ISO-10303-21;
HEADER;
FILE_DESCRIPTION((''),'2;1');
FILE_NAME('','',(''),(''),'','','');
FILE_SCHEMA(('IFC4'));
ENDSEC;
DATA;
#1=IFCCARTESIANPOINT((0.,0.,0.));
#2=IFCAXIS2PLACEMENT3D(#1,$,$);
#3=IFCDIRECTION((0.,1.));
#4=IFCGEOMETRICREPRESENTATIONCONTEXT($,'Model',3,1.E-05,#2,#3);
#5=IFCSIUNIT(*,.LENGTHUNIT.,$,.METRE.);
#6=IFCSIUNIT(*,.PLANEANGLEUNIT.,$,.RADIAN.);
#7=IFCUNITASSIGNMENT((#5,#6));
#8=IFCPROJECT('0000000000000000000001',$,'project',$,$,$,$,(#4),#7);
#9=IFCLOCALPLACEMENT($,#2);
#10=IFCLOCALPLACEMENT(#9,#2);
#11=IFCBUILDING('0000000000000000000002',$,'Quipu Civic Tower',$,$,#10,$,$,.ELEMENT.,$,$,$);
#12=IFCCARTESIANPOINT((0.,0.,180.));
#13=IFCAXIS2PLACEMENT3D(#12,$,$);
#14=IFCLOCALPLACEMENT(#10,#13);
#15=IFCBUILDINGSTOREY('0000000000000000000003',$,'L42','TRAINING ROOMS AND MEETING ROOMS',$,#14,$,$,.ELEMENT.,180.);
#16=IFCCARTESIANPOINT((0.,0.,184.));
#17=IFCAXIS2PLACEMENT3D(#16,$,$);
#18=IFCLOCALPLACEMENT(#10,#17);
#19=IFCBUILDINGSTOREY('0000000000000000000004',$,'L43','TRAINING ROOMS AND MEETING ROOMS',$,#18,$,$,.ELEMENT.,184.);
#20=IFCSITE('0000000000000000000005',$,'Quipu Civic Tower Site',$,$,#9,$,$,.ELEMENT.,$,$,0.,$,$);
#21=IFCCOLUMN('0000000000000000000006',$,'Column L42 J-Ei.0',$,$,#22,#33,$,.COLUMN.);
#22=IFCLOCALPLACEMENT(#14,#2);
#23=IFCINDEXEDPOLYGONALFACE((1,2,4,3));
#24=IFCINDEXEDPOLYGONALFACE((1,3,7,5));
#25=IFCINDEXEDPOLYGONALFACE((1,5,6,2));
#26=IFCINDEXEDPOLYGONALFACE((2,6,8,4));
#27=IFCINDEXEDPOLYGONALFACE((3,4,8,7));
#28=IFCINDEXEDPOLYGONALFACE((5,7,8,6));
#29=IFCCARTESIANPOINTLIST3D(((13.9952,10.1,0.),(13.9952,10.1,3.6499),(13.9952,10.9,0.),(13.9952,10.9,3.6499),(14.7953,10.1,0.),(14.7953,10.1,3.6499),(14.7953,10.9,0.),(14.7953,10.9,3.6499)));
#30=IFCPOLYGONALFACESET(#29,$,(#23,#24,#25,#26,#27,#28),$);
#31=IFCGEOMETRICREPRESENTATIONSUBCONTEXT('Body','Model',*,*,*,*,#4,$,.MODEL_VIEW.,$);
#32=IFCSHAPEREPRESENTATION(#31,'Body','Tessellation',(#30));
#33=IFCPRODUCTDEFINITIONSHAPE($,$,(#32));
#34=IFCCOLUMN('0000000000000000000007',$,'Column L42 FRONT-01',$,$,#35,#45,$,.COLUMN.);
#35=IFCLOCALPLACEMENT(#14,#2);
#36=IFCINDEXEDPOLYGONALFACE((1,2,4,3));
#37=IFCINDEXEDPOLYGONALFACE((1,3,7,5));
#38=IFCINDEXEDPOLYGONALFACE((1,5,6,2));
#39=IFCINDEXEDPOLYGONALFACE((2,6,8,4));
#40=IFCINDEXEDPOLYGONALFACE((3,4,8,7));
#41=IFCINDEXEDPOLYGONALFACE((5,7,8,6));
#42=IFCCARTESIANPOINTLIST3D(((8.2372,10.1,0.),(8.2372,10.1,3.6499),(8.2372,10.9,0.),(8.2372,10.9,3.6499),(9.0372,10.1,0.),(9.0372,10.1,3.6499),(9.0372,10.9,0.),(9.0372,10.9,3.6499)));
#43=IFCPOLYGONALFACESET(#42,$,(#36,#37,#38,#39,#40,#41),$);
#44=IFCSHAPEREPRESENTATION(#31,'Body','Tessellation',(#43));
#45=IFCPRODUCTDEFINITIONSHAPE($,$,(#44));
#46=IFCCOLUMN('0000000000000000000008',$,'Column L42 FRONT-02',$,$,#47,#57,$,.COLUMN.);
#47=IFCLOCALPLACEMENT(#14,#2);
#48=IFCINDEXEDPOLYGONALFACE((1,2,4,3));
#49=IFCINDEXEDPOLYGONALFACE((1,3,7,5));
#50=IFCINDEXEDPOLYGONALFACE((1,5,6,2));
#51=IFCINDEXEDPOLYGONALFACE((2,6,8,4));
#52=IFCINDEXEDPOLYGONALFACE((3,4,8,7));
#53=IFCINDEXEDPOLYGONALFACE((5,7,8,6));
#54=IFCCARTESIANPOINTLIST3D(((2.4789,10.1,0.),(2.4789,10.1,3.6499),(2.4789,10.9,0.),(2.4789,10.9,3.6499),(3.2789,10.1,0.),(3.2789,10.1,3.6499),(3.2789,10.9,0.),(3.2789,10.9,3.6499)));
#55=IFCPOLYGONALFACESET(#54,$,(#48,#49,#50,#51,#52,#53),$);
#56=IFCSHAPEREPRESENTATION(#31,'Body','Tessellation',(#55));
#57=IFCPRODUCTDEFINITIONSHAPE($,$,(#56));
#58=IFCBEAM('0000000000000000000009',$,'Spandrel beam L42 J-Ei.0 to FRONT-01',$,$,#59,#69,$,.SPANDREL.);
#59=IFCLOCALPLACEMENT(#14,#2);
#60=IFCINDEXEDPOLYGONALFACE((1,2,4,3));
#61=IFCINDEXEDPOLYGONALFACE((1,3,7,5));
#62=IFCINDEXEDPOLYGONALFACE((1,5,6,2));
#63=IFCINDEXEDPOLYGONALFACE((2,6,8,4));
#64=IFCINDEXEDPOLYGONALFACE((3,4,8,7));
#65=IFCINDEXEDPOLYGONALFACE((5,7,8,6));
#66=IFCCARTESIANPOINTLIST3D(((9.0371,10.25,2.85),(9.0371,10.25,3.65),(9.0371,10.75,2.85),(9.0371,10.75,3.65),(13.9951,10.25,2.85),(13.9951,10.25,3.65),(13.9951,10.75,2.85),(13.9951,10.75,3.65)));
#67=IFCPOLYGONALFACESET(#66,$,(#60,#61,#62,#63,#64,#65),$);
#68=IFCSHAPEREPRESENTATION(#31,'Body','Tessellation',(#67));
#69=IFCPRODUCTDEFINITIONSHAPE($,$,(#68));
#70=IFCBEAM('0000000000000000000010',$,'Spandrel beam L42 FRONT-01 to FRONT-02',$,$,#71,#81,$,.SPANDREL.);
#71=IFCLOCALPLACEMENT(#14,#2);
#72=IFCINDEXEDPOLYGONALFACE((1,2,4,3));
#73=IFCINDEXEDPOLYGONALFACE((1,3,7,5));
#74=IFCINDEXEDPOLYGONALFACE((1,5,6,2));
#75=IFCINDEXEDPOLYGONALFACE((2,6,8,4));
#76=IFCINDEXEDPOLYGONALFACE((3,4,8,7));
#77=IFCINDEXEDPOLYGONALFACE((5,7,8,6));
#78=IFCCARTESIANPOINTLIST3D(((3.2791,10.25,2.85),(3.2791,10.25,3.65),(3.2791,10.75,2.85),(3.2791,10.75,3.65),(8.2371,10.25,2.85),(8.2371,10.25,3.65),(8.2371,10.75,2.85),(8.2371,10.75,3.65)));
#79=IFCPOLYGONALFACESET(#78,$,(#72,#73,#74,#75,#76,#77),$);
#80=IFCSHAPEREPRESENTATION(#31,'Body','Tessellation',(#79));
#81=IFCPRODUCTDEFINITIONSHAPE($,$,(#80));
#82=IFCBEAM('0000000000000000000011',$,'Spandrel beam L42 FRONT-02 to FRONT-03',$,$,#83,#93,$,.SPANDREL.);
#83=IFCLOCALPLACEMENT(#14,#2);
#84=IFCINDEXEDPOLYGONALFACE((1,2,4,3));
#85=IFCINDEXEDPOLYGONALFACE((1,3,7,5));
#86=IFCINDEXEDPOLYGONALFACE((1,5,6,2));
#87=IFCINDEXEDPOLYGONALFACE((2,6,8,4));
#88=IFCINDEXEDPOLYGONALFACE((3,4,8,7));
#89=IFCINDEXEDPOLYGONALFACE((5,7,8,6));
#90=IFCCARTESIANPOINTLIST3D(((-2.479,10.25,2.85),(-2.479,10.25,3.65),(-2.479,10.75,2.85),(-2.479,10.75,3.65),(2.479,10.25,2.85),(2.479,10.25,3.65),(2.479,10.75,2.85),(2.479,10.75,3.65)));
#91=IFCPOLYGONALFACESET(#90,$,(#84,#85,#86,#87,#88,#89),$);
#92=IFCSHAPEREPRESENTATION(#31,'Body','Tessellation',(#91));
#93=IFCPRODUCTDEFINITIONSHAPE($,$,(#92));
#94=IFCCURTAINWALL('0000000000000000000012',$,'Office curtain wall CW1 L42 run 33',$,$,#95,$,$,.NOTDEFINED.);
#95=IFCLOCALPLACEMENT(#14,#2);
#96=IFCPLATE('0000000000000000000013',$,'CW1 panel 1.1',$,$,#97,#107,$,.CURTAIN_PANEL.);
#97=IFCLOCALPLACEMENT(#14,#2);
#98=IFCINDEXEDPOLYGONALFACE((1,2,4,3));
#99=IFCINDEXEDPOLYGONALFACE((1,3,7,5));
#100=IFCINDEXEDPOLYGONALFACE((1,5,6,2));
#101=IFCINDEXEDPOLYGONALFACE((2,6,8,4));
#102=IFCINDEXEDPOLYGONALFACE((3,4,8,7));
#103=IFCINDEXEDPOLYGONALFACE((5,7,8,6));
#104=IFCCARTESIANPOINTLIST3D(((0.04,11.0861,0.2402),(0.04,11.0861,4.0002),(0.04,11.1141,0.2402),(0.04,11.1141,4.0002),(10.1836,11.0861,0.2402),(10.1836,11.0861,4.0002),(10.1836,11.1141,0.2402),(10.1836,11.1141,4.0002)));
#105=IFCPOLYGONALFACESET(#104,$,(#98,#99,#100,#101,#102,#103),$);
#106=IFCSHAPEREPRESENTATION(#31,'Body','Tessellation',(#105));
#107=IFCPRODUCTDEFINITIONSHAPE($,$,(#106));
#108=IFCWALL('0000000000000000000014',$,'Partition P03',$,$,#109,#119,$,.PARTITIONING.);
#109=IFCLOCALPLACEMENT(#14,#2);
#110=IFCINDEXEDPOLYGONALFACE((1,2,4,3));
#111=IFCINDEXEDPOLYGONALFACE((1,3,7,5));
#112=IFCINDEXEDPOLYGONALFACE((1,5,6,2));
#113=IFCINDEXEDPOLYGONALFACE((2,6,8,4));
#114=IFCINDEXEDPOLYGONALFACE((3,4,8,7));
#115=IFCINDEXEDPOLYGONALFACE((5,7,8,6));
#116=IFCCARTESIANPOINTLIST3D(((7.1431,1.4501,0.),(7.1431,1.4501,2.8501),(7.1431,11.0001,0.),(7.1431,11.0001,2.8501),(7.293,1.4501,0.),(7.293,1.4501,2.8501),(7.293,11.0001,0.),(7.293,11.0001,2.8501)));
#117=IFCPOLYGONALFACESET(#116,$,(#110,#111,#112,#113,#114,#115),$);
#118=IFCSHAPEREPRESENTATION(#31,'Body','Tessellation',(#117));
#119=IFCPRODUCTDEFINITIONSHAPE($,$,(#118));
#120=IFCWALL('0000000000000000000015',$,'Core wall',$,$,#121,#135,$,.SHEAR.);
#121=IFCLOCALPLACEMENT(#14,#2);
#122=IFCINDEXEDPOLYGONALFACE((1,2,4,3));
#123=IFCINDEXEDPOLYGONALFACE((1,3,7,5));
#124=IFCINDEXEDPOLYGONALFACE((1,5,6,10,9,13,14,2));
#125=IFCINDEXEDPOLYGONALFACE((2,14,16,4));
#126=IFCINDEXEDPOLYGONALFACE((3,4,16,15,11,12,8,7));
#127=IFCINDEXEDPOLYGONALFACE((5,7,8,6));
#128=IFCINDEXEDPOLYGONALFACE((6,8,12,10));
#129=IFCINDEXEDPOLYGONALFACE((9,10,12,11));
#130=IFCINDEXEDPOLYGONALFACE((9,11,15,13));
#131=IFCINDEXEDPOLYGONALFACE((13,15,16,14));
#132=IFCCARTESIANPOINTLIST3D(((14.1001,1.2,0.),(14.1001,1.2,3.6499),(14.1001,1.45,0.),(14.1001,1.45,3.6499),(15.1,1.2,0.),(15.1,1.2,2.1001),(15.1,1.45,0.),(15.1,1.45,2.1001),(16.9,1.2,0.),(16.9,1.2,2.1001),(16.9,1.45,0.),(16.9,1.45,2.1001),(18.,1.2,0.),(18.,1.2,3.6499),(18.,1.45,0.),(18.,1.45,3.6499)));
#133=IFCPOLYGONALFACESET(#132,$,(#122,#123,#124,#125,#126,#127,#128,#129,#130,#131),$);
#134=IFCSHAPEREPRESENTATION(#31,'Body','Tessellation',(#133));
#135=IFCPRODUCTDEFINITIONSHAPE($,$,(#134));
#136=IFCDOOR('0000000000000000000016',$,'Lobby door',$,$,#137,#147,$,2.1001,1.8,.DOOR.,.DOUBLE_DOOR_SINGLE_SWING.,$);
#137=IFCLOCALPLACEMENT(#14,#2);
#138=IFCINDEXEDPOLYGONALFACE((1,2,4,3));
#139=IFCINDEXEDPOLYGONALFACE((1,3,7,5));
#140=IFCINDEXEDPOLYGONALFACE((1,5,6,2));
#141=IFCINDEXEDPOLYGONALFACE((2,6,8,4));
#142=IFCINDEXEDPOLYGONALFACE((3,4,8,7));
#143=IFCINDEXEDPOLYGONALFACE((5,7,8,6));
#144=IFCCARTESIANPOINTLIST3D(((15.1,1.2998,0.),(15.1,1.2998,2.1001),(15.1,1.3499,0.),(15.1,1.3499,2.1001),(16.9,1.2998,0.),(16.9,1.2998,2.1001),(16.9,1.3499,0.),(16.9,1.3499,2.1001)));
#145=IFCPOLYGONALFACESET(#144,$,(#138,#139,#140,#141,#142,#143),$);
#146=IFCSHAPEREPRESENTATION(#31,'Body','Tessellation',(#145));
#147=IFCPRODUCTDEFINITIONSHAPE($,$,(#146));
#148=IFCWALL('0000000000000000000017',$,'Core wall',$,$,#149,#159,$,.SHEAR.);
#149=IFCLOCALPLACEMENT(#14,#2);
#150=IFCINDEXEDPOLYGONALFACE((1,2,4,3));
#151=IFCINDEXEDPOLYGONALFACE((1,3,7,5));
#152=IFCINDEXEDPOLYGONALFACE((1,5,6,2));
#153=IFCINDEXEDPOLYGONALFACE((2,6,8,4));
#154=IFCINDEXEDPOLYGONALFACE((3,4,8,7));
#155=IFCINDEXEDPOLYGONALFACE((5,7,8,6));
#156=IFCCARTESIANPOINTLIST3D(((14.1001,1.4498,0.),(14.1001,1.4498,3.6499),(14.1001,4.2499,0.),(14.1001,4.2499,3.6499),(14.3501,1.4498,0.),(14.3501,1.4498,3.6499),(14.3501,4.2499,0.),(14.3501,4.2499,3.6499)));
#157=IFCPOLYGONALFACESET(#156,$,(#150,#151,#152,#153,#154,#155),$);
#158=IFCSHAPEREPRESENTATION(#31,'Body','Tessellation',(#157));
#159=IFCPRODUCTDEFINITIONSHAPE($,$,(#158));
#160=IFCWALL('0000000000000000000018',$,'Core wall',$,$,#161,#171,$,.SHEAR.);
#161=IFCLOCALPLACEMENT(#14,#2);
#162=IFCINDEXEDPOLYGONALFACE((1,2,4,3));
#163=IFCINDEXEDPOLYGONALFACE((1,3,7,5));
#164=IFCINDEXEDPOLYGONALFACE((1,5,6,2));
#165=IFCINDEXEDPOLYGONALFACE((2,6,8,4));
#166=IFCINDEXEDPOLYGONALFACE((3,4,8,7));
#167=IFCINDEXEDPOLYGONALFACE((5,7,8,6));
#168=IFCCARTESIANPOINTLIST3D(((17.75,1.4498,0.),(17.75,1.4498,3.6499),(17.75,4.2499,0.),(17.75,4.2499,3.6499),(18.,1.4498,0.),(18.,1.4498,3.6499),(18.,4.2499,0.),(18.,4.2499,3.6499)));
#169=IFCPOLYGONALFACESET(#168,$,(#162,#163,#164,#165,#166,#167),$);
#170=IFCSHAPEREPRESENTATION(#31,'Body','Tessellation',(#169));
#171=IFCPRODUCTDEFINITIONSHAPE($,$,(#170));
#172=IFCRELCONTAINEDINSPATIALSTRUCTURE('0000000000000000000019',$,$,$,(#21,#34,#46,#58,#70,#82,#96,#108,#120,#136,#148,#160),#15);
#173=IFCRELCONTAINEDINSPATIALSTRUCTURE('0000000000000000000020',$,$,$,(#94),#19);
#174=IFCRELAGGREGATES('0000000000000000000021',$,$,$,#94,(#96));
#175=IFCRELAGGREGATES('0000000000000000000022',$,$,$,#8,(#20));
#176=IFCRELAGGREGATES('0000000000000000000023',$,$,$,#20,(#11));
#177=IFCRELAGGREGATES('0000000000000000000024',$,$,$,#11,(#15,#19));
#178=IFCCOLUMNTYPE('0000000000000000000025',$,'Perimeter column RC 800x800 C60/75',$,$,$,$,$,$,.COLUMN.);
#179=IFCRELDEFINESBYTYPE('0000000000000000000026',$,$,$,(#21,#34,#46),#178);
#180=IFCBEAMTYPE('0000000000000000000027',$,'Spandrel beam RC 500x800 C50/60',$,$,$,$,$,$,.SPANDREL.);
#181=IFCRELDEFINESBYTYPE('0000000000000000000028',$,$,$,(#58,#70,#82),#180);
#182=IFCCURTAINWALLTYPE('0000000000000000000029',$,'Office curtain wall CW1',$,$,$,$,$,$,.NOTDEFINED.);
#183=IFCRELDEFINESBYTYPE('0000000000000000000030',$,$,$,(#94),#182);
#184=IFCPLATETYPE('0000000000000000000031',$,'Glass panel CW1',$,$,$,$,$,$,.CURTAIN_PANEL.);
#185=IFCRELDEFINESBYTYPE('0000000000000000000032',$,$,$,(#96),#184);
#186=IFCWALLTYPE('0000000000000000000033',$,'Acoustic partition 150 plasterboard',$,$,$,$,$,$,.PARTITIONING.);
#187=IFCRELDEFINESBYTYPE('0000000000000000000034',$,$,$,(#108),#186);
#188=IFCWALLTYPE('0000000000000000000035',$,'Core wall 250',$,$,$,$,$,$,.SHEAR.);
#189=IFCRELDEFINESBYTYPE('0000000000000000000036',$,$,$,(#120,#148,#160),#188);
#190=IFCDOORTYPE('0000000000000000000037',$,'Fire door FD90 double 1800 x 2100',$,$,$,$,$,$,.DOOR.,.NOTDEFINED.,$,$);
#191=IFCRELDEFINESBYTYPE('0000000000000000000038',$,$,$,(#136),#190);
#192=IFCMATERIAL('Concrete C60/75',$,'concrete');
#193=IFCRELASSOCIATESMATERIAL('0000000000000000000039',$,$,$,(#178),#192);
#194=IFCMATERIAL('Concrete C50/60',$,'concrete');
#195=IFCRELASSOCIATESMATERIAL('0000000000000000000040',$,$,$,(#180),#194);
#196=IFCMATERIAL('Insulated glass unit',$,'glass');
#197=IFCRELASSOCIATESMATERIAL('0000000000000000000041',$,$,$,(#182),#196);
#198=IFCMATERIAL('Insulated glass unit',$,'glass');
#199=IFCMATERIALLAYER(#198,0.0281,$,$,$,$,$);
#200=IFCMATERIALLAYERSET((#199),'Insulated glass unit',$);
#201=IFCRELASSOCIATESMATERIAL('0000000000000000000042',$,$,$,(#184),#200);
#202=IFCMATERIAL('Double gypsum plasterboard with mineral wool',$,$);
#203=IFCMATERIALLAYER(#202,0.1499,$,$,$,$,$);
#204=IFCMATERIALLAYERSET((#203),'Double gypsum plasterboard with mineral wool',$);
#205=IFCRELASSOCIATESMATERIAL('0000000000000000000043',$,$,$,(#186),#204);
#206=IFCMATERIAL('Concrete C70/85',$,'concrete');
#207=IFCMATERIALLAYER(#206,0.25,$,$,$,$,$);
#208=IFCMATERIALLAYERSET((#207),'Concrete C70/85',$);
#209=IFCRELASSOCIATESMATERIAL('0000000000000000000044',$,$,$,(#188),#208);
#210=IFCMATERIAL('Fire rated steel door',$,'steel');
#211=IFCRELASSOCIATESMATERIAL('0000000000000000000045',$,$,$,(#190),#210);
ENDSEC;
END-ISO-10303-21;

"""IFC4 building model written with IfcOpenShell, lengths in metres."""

from ifc_helpers import new_model, si_unit, direction, frame, frame_2d, origin, origin_2d, place, context, subcontext, project, spatial, rectangle, extrude, material, layer, layer_set, material_profile, profile_set, type_object, element, fill, aggregate, save


model = new_model("IFC4")

# Units and contexts
model_context = context("Model", 3, precision=1e-05, world=origin(), true_north=direction((0.0, 1.0)))
body_context = subcontext(model_context, "Body", "Model", "MODEL_VIEW")
ifc_project = project(units=[si_unit("LENGTHUNIT", "METRE"), si_unit("PLANEANGLEUNIT", "RADIAN")], contexts=[model_context])

# Site, building, storey
site_placement = place(None, origin())
site = spatial("IfcSite", under=ifc_project, at=site_placement, Name="Quipu Civic Tower Site", CompositionType="ELEMENT", RefElevation=0.0)
building_placement = place(site_placement, origin())
building = spatial("IfcBuilding", under=site, at=building_placement, Name="Quipu Civic Tower", CompositionType="ELEMENT")
storey_1_placement = place(building_placement, frame((0.0, 0.0, 180.0)))
storey_1 = spatial("IfcBuildingStorey", under=building, at=storey_1_placement, Name="L42", Description="TRAINING ROOMS AND MEETING ROOMS", CompositionType="ELEMENT", Elevation=180.0)

# Columns
ifc_material_1 = material(Name="Concrete C60/75", Category="concrete")
ifc_material_profile_1 = material_profile(ifc_material_1, rectangle(XDim=0.8, YDim=0.8, at=origin_2d()), Name="RC800x800")
ifc_profile_set_1 = profile_set([ifc_material_profile_1], Name="Concrete C60/75")
column_type = type_object("IfcColumnType", Name="Perimeter column RC 800x800 C60/75", PredefinedType="COLUMN", material=ifc_profile_set_1)
for number, where, z_axis, x_axis, name in (
    (1, (14.3953, 10.5, 0.0), (0.0, 0.0, 1.0), (-1.0, 0.0, 0.0), "Column L42 J-Ei.0"),
    (2, (8.6372, 10.5, 0.0), (0.0, 0.0, 1.0), (-1.0, 0.0, 0.0), "Column L42 FRONT-01"),
    (3, (2.8789, 10.5, 0.0), (0.0, 0.0, 1.0), (-1.0, 0.0, 0.0), "Column L42 FRONT-02"),
):
    element("IfcColumn", number, at=place(storey_1_placement, frame(where, z_axis=z_axis, x_axis=x_axis)), inside=storey_1, type_object=column_type, Name=name, PredefinedType="COLUMN", context=body_context, shape_type="SweptSolid", body=[
        extrude(rectangle(XDim=0.8, YDim=0.8, at=origin_2d()), origin(), (0.0, 0.0, 1.0), 3.6499),
    ])

# Beams
ifc_material_2 = material(Name="Concrete C50/60", Category="concrete")
ifc_material_profile_2 = material_profile(ifc_material_2, rectangle(XDim=0.5, YDim=0.8, at=origin_2d()), Name="RC500x800")
ifc_profile_set_2 = profile_set([ifc_material_profile_2], Name="Concrete C50/60")
beam_type = type_object("IfcBeamType", Name="Spandrel beam RC 500x800 C50/60", PredefinedType="SPANDREL", material=ifc_profile_set_2)
for number, where, z_axis, x_axis, name in (
    (4, (13.9951, 10.5, 3.25), (-1.0, 0.0, 0.0), (0.0, -1.0, 0.0), "Spandrel beam L42 J-Ei.0 to FRONT-01"),
    (5, (8.2371, 10.5, 3.25), (-1.0, 0.0, 0.0), (0.0, -1.0, 0.0), "Spandrel beam L42 FRONT-01 to FRONT-02"),
    (6, (2.479, 10.5, 3.25), (-1.0, 0.0, 0.0), (0.0, -1.0, 0.0), "Spandrel beam L42 FRONT-02 to FRONT-03"),
):
    element("IfcBeam", number, at=place(storey_1_placement, frame(where, z_axis=z_axis, x_axis=x_axis)), inside=storey_1, type_object=beam_type, Name=name, PredefinedType="SPANDREL", context=body_context, shape_type="SweptSolid", body=[
        extrude(rectangle(XDim=0.5, YDim=0.8, at=origin_2d()), origin(), (0.0, 0.0, 1.0), 4.958),
    ])

# Shared definitions
storey_2_placement = place(building_placement, frame((0.0, 0.0, 184.0)))
storey_2 = spatial("IfcBuildingStorey", under=building, at=storey_2_placement, Name="L43", Description="TRAINING ROOMS AND MEETING ROOMS", CompositionType="ELEMENT", Elevation=184.0)

# Curtain wall, plate
ifc_material_3 = material(Name="Insulated glass unit", Category="glass")
curtain_wall_type = type_object("IfcCurtainWallType", Name="Office curtain wall CW1", PredefinedType="NOTDEFINED", material=ifc_material_3)
curtain_wall_placement = place(storey_2_placement, origin())
curtain_wall = element("IfcCurtainWall", 7, at=curtain_wall_placement, inside=storey_2, type_object=curtain_wall_type, Name="Office curtain wall CW1 L42 run 33", PredefinedType="NOTDEFINED")
ifc_material_4 = material(Name="Insulated glass unit", Category="glass")
ifc_layer_1 = layer(ifc_material_4, 0.0281)
ifc_layer_set_1 = layer_set([ifc_layer_1], Name="Insulated glass unit")
plate_type = type_object("IfcPlateType", Name="Glass panel CW1", PredefinedType="CURTAIN_PANEL", material=ifc_layer_set_1)
plate_placement = place(storey_1_placement, frame((5.1118, 11.1001, 0.2402), z_axis=(0.0, 0.0, 1.0), x_axis=(-1.0, 0.0, 0.0)))
plate = element("IfcPlate", 8, at=plate_placement, inside=storey_1, type_object=plate_type, Name="CW1 panel 1.1", PredefinedType="CURTAIN_PANEL", context=body_context, shape_type="SweptSolid", body=[
    extrude(rectangle(XDim=10.1436, YDim=0.0281, at=origin_2d()), origin(), (0.0, 0.0, 1.0), 3.76),
])
aggregate(curtain_wall, [plate])

# Wall
ifc_material_5 = material(Name="Double gypsum plasterboard with mineral wool")
ifc_layer_2 = layer(ifc_material_5, 0.1499)
ifc_layer_set_2 = layer_set([ifc_layer_2], Name="Double gypsum plasterboard with mineral wool")
wall_type_1 = type_object("IfcWallType", Name="Acoustic partition 150 plasterboard", PredefinedType="PARTITIONING", material=ifc_layer_set_2)
wall_1_placement = place(storey_1_placement, frame((7.218, 11.0, 0.0), z_axis=(0.0, 0.0, 1.0), x_axis=(0.0, -1.0, 0.0)))
element("IfcWall", 9, at=wall_1_placement, inside=storey_1, type_object=wall_type_1, Name="Partition P03", PredefinedType="PARTITIONING", context=body_context, shape_type="SweptSolid", body=[
    extrude(rectangle(XDim=9.55, YDim=0.1499, at=frame_2d((4.7749, 0.0))), origin(), (0.0, 0.0, 1.0), 2.8501),
])

# Wall, opening, door
ifc_material_6 = material(Name="Concrete C70/85", Category="concrete")
ifc_layer_3 = layer(ifc_material_6, 0.25)
ifc_layer_set_3 = layer_set([ifc_layer_3], Name="Concrete C70/85")
wall_type_2 = type_object("IfcWallType", Name="Core wall 250", PredefinedType="SHEAR", material=ifc_layer_set_3)
wall_2_placement = place(storey_1_placement, frame((14.1001, 1.325, 0.0), z_axis=(0.0, 0.0, 1.0), x_axis=(1.0, 0.0, 0.0)))
wall_2 = element("IfcWall", 10, at=wall_2_placement, inside=storey_1, type_object=wall_type_2, Name="Core wall", PredefinedType="SHEAR", context=body_context, shape_type="SweptSolid", body=[
    extrude(rectangle(XDim=3.8999, YDim=0.25, at=frame_2d((1.95, 0.0))), origin(), (0.0, 0.0, 1.0), 3.6499),
])
opening_1_placement = place(wall_2_placement, frame((1.0, 0.0, 0.0)))
opening_1 = element("IfcOpeningElement", 11, at=opening_1_placement, cuts=wall_2, PredefinedType="OPENING", context=body_context, shape_type="SweptSolid", body=[
    extrude(rectangle(XDim=1.8, YDim=2.1001, at=frame_2d((0.8999, 1.05))), frame((0.0, 0.135, 0.0), z_axis=(0.0, -1.0, 0.0), x_axis=(1.0, 0.0, 0.0)), (0.0, 0.0, 1.0), 0.27),
])
ifc_material_7 = material(Name="Fire rated steel door", Category="steel")
door_type_1 = type_object("IfcDoorType", Name="Fire door FD90 double 1800 x 2100", OperationType="NOTDEFINED", PredefinedType="DOOR", material=ifc_material_7)
door_1_placement = place(opening_1_placement, origin())
door_1 = element("IfcDoor", 12, at=door_1_placement, inside=storey_1, type_object=door_type_1, Name="Lobby door", OperationType="DOUBLE_DOOR_SINGLE_SWING", OverallHeight=2.1001, OverallWidth=1.8, PredefinedType="DOOR", context=body_context, shape_type="SweptSolid", body=[
    extrude(rectangle(XDim=1.8, YDim=2.1001, at=frame_2d((0.8999, 1.05))), frame((0.0, 0.0249, 0.0), z_axis=(0.0, -1.0, 0.0), x_axis=(1.0, 0.0, 0.0)), (0.0, 0.0, 1.0), 0.05),
])
fill(opening_1, door_1)

# Walls
for number, where, z_axis, x_axis, name in (
    (13, (14.2251, 1.45, 0.0), (0.0, 0.0, 1.0), (0.0, 1.0, 0.0), "Core wall"),
    (14, (17.875, 1.45, 0.0), (0.0, 0.0, 1.0), (0.0, 1.0, 0.0), "Core wall"),
):
    element("IfcWall", number, at=place(storey_1_placement, frame(where, z_axis=z_axis, x_axis=x_axis)), inside=storey_1, type_object=wall_type_2, Name=name, PredefinedType="SHEAR", context=body_context, shape_type="SweptSolid", body=[
        extrude(rectangle(XDim=2.8, YDim=0.25, at=frame_2d((1.3999, 0.0))), origin(), (0.0, 0.0, 1.0), 3.6499),
    ])

save(model, "model.ifc")
